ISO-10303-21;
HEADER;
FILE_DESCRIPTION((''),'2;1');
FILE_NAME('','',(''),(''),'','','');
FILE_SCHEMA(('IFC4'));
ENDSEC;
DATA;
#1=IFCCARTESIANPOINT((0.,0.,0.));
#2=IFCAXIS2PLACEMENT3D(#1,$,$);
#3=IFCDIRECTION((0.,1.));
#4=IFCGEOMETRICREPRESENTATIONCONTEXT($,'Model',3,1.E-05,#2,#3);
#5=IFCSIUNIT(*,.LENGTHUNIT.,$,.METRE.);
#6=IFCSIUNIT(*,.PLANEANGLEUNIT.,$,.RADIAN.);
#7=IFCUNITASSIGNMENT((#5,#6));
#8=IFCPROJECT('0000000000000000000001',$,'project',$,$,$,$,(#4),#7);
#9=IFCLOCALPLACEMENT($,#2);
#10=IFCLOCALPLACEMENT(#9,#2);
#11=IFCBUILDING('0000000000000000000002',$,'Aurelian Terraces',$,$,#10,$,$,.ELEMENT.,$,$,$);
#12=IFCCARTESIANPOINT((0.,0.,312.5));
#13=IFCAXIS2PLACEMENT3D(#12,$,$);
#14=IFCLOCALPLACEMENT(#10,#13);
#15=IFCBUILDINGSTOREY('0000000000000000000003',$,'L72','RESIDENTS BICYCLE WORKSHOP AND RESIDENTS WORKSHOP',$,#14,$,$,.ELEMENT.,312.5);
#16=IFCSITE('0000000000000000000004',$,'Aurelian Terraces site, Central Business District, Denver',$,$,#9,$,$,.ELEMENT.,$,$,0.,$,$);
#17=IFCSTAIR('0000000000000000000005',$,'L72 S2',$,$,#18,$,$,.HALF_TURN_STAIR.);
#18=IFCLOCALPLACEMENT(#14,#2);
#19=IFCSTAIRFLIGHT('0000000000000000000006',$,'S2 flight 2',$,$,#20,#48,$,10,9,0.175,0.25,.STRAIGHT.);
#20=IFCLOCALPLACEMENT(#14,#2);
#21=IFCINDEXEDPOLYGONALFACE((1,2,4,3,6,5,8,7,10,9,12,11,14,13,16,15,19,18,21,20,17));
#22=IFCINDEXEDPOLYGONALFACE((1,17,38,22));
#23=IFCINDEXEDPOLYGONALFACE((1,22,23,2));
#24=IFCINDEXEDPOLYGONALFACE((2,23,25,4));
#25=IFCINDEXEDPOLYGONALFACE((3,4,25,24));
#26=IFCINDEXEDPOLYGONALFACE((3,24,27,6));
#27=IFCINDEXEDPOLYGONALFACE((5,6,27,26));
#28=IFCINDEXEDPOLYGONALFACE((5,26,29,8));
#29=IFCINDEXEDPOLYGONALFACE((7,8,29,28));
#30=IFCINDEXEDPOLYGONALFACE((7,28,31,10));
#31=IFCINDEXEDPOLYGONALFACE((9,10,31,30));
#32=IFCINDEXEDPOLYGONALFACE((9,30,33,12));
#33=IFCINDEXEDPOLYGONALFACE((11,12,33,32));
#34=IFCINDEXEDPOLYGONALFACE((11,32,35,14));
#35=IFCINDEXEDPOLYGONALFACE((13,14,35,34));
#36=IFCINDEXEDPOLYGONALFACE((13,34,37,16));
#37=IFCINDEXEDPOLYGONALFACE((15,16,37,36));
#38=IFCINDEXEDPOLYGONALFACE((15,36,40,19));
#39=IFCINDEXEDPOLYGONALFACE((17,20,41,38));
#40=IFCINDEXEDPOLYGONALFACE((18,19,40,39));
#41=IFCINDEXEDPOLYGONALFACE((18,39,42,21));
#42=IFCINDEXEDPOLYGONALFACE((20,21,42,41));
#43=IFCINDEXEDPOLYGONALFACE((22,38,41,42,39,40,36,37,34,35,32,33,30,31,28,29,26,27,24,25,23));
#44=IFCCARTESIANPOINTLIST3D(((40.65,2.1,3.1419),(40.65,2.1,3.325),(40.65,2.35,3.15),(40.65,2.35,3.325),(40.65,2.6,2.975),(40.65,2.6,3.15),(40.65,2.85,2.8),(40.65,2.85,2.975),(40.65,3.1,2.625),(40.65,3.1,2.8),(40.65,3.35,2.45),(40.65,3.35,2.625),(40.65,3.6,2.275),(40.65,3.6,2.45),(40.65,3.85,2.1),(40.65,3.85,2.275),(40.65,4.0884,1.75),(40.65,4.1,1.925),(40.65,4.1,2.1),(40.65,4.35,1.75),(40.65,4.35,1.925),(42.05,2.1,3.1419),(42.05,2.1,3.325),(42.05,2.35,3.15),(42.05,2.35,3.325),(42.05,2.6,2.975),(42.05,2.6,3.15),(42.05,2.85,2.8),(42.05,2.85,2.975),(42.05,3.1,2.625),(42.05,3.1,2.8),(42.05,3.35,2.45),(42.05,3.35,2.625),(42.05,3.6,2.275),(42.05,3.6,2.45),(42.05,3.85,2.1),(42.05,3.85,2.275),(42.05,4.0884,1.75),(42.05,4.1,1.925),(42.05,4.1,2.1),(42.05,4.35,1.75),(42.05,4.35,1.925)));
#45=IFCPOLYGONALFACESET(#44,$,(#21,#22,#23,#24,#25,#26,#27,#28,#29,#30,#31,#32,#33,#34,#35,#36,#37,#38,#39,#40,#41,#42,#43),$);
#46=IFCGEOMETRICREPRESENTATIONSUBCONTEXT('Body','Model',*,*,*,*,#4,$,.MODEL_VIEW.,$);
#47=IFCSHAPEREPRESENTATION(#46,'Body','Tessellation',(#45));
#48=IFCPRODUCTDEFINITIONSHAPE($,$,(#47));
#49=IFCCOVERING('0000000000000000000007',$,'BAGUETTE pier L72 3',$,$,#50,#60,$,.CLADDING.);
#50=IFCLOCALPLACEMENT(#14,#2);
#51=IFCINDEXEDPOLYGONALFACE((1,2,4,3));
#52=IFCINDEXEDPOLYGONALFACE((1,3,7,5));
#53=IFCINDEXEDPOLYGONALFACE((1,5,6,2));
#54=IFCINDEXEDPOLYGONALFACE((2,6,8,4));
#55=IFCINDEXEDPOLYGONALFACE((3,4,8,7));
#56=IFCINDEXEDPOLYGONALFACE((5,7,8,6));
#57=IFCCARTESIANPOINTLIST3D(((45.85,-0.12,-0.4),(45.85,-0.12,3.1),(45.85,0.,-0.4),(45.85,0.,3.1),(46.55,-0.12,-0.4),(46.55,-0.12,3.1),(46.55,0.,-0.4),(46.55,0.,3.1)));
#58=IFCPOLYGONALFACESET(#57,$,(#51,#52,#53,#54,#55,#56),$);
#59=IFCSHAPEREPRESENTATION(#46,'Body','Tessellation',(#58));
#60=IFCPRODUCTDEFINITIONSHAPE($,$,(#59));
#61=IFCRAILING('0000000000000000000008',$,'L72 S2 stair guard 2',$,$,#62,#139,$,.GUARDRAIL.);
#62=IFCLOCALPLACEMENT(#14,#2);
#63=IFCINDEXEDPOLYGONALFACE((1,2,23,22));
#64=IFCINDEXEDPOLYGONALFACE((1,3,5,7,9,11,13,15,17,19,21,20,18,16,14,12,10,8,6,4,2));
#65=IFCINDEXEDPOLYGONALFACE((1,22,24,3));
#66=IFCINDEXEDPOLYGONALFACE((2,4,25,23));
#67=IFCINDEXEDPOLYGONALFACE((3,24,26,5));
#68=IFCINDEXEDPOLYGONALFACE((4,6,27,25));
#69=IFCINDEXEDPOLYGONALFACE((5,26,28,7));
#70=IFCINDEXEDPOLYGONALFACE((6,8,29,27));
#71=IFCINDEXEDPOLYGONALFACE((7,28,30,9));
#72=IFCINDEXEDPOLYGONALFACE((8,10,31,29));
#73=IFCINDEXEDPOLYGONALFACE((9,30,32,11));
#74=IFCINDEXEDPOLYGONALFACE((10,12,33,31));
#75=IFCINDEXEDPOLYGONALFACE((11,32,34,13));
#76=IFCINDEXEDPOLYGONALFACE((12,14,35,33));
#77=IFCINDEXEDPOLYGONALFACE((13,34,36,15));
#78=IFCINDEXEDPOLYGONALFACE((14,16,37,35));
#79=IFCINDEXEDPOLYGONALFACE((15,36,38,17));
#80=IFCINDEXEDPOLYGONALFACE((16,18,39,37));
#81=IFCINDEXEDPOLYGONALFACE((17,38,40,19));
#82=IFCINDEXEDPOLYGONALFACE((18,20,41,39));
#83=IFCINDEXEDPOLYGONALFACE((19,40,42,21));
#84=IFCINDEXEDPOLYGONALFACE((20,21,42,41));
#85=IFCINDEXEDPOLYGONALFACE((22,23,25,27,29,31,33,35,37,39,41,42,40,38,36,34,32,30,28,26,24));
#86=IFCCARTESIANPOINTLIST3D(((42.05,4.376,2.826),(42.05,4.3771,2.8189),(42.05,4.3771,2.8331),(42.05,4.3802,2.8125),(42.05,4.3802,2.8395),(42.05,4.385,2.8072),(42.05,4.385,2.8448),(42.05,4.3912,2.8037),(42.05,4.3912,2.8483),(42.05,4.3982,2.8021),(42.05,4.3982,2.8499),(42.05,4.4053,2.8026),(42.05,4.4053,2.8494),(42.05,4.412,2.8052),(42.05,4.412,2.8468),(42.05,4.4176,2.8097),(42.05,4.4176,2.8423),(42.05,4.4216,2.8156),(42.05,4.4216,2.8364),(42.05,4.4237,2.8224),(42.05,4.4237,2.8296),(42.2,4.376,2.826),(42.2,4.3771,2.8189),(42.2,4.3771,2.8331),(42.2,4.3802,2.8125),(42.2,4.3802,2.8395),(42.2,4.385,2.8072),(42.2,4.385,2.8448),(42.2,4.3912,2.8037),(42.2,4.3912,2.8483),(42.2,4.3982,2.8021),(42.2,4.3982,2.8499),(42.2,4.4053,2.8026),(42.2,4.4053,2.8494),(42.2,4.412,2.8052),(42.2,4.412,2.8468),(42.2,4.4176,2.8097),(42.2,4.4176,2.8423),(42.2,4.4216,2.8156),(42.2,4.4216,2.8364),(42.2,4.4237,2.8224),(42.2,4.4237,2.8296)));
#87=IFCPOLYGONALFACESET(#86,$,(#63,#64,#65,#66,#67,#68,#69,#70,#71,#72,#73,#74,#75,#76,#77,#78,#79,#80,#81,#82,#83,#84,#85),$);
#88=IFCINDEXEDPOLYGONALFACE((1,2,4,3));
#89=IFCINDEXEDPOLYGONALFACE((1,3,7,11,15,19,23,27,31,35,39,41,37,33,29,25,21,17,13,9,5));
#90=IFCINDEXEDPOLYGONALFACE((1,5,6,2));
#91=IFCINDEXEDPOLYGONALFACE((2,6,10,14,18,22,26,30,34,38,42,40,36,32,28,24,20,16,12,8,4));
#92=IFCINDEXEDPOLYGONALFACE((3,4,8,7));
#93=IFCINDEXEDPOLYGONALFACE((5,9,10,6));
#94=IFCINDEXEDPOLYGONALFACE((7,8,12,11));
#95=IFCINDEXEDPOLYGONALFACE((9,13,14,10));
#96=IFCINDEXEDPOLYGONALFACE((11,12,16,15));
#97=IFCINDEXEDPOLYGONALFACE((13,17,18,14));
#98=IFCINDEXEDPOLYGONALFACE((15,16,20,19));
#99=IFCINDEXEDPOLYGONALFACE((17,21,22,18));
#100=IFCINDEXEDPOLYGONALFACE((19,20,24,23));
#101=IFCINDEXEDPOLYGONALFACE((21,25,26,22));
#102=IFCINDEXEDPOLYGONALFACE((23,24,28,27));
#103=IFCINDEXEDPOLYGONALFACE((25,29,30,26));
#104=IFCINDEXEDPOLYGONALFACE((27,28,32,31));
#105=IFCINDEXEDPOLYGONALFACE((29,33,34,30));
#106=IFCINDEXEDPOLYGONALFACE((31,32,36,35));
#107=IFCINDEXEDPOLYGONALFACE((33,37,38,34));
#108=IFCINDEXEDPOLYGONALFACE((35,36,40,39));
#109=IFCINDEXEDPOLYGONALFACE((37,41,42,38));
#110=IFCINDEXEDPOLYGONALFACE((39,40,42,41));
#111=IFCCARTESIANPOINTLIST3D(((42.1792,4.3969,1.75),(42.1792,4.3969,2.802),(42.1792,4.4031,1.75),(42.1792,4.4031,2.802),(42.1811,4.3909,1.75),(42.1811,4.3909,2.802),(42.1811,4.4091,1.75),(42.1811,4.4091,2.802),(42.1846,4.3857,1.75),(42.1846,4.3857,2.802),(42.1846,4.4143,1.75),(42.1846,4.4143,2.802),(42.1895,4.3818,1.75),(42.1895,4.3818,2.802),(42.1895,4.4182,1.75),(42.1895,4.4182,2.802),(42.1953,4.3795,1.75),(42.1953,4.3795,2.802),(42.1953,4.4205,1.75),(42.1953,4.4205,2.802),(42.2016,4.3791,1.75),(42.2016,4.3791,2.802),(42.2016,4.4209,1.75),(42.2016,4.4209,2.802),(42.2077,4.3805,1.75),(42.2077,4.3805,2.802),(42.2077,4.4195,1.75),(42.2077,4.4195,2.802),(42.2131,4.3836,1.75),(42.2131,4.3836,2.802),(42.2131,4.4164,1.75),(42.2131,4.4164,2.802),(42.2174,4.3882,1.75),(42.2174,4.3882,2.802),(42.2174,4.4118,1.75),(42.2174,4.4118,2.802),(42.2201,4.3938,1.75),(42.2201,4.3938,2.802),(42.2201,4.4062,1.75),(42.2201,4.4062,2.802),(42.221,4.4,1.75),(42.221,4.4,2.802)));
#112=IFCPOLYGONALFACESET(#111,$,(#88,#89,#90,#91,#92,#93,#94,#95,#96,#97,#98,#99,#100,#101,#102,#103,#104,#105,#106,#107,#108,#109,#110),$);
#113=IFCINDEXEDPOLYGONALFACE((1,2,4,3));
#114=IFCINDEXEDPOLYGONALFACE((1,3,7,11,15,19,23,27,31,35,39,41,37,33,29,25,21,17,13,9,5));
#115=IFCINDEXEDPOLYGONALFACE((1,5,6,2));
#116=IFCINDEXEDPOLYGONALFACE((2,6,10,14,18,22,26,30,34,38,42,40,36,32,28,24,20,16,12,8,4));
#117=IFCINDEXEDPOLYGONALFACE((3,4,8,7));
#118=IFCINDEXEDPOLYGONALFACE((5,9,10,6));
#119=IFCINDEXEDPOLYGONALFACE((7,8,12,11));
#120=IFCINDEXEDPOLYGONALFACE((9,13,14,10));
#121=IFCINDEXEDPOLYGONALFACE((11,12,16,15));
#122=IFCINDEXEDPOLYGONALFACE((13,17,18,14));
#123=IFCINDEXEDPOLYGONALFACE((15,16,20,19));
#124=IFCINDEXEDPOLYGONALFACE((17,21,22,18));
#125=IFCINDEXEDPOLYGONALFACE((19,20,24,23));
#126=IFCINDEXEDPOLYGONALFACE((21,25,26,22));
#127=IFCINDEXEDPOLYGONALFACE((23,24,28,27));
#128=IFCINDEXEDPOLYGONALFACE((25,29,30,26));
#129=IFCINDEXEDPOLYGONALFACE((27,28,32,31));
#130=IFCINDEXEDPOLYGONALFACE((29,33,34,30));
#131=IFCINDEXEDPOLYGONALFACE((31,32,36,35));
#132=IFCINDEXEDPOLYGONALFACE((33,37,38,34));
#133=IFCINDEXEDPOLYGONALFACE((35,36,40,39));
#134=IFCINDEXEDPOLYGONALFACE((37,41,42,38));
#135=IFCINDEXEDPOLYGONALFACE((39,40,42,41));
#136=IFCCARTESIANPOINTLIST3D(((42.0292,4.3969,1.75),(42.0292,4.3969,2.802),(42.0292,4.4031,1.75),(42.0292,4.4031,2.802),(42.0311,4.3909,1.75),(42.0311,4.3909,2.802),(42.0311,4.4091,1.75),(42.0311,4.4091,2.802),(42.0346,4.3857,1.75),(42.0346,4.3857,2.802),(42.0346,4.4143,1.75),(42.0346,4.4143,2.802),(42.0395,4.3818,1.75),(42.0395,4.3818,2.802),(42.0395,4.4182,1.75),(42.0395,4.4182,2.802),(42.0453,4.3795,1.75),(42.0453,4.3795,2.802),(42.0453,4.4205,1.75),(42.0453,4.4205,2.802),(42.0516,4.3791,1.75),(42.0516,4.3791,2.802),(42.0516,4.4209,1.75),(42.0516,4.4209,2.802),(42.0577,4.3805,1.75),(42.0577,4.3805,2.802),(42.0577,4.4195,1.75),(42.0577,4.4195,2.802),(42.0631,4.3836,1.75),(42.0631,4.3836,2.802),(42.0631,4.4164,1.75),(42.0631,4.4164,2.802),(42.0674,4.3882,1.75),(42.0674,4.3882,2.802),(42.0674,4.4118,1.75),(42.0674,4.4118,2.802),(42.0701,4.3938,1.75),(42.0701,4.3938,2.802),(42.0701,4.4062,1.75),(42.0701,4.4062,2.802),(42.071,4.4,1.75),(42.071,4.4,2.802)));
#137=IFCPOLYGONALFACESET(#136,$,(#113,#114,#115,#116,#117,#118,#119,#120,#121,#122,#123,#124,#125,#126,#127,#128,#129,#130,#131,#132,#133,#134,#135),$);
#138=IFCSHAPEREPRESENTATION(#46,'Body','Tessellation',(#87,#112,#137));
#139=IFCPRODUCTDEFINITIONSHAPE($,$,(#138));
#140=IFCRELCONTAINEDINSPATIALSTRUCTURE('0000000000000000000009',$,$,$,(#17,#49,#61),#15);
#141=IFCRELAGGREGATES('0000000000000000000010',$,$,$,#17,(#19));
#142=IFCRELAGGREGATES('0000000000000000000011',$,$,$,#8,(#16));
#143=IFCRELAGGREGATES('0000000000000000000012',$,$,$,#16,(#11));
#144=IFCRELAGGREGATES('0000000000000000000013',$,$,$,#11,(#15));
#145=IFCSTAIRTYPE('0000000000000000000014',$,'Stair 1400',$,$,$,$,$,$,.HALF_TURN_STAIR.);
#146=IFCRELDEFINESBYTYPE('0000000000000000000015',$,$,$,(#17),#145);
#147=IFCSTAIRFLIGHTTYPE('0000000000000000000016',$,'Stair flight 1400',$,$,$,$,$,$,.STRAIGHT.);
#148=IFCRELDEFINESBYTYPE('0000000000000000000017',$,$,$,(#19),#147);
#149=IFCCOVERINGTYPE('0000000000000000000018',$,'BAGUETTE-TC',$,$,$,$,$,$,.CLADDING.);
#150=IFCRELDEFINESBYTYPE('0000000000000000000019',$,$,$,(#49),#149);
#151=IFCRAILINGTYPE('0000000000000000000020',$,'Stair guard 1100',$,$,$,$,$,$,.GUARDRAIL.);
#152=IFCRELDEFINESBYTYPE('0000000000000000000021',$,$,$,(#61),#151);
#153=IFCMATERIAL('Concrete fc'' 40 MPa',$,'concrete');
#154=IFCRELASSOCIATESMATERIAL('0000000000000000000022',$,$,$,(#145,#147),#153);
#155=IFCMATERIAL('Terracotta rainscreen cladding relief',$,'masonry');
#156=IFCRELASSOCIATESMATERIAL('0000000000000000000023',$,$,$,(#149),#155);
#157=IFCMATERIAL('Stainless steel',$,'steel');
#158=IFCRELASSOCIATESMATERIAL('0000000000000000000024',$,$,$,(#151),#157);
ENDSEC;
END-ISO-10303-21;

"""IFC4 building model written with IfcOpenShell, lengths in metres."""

from ifc_helpers import new_model, si_unit, direction, frame, origin, origin_2d, place, context, subcontext, project, spatial, polyline, rectangle, circle, outline, extrude, source, transform, mapped, material, type_object, element, aggregate, save


model = new_model("IFC4")

# Units and contexts
model_context = context("Model", 3, precision=1e-05, world=origin(), true_north=direction((0.0, 1.0)))
body_context = subcontext(model_context, "Body", "Model", "MODEL_VIEW")
ifc_project = project(units=[si_unit("LENGTHUNIT", "METRE"), si_unit("PLANEANGLEUNIT", "RADIAN")], contexts=[model_context])

# Site, building, storey
site_placement = place(None, origin())
site = spatial("IfcSite", under=ifc_project, at=site_placement, Name="Aurelian Terraces site, Central Business District, Denver", CompositionType="ELEMENT", RefElevation=0.0)
building_placement = place(site_placement, origin())
building = spatial("IfcBuilding", under=site, at=building_placement, Name="Aurelian Terraces", CompositionType="ELEMENT")
storey_placement = place(building_placement, frame((0.0, 0.0, 312.5)))
storey = spatial("IfcBuildingStorey", under=building, at=storey_placement, Name="L72", Description="RESIDENTS BICYCLE WORKSHOP AND RESIDENTS WORKSHOP", CompositionType="ELEMENT", Elevation=312.5)

# Shared definitions
ifc_material_1 = material(Name="Concrete fc' 40 MPa", Category="concrete")

# Stair, stair flight
stair_type = type_object("IfcStairType", Name="Stair 1400", PredefinedType="HALF_TURN_STAIR", material=ifc_material_1)
stair_placement = place(storey_placement, origin())
stair = element("IfcStair", 1, at=stair_placement, inside=storey, type_object=stair_type, Name="L72 S2", PredefinedType="HALF_TURN_STAIR")
stair_flight_type = type_object("IfcStairFlightType", Name="Stair flight 1400", PredefinedType="STRAIGHT", material=ifc_material_1)
shared_shape_1 = source(origin(), body_context, "Body", "SweptSolid", [
    extrude(outline(polyline([(0.0, 0.0), (0.0, 0.175), (0.25, 0.175), (0.25, 0.35), (0.5, 0.35), (0.5, 0.525), (0.75, 0.525), (0.75, 0.7), (1.0, 0.7), (1.0, 0.875), (1.25, 0.875), (1.25, 1.05), (1.5, 1.05), (1.5, 1.225), (1.75, 1.225), (1.75, 1.4), (2.0, 1.4), (2.0, 1.575), (2.25, 1.575), (2.25, 1.75), (2.25, 1.3919), (0.2616, 0.0), (0.0, 0.0)])), frame((0.0, 0.7, 0.0), z_axis=(0.0, -1.0, 0.0), x_axis=(1.0, 0.0, 0.0)), (0.0, 0.0, 1.0), 1.4),
])
stair_flight_1_placement = place(storey_placement, frame((41.35, 4.35, 1.75), z_axis=(0.0, 0.0, 1.0), x_axis=(0.0, -1.0, 0.0)))
stair_flight_1 = element("IfcStairFlight", 2, at=stair_flight_1_placement, type_object=stair_flight_type, Name="S2 flight 2", NumberOfRisers=10, NumberOfTreads=9, PredefinedType="STRAIGHT", RiserHeight=0.175, TreadLength=0.25, context=body_context, shape_type="MappedRepresentation", body=[
    mapped(shared_shape_1, transform((0.0, 0.0, 0.0), scale=1.0)),
])
aggregate(stair, [stair_flight_1])

# Covering
ifc_material_2 = material(Name="Terracotta rainscreen cladding relief", Category="masonry")
covering_type = type_object("IfcCoveringType", Name="BAGUETTE-TC", PredefinedType="CLADDING", material=ifc_material_2)
shared_shape_2 = source(origin(), body_context, "Body", "SweptSolid", [
    extrude(rectangle(XDim=0.7, YDim=0.12, at=origin_2d()), origin(), (0.0, 0.0, 1.0), 3.5),
])
covering_placement = place(storey_placement, frame((46.2, -0.06, -0.4), z_axis=(0.0, 0.0, 1.0), x_axis=(1.0, 0.0, 0.0)))
element("IfcCovering", 3, at=covering_placement, inside=storey, type_object=covering_type, Name="BAGUETTE pier L72 3", PredefinedType="CLADDING", context=body_context, shape_type="MappedRepresentation", body=[
    mapped(shared_shape_2, transform((0.0, 0.0, 0.0), scale=1.0)),
])

# Railing
ifc_material_3 = material(Name="Stainless steel", Category="steel")
railing_type_1 = type_object("IfcRailingType", Name="Stair guard 1100", PredefinedType="GUARDRAIL", material=ifc_material_3)
shared_shape_3 = source(origin(), body_context, "Body", "SweptSolid", [
    extrude(circle(Radius=0.024, at=origin_2d()), frame((0.0, 0.0, 1.076), z_axis=(-1.0, 0.0, 0.0), x_axis=(0.0, -1.0, 0.0)), (0.0, 0.0, 1.0), 0.15),
    extrude(circle(Radius=0.021, at=origin_2d()), origin(), (0.0, 0.0, 1.0), 1.052),
    extrude(circle(Radius=0.021, at=origin_2d()), frame((-0.15, 0.0, 0.0)), (0.0, 0.0, 1.0), 1.052),
])
for number, where, name in (
    (4, (42.2, 4.4, 1.75), "L72 S2 stair guard 2"),
):
    element("IfcRailing", number, at=place(storey_placement, frame(where)), inside=storey, type_object=railing_type_1, Name=name, PredefinedType="GUARDRAIL", context=body_context, shape_type="MappedRepresentation", body=[
        mapped(shared_shape_3, transform((0.0, 0.0, 0.0), scale=1.0)),
    ])

save(model, "model.ifc")
